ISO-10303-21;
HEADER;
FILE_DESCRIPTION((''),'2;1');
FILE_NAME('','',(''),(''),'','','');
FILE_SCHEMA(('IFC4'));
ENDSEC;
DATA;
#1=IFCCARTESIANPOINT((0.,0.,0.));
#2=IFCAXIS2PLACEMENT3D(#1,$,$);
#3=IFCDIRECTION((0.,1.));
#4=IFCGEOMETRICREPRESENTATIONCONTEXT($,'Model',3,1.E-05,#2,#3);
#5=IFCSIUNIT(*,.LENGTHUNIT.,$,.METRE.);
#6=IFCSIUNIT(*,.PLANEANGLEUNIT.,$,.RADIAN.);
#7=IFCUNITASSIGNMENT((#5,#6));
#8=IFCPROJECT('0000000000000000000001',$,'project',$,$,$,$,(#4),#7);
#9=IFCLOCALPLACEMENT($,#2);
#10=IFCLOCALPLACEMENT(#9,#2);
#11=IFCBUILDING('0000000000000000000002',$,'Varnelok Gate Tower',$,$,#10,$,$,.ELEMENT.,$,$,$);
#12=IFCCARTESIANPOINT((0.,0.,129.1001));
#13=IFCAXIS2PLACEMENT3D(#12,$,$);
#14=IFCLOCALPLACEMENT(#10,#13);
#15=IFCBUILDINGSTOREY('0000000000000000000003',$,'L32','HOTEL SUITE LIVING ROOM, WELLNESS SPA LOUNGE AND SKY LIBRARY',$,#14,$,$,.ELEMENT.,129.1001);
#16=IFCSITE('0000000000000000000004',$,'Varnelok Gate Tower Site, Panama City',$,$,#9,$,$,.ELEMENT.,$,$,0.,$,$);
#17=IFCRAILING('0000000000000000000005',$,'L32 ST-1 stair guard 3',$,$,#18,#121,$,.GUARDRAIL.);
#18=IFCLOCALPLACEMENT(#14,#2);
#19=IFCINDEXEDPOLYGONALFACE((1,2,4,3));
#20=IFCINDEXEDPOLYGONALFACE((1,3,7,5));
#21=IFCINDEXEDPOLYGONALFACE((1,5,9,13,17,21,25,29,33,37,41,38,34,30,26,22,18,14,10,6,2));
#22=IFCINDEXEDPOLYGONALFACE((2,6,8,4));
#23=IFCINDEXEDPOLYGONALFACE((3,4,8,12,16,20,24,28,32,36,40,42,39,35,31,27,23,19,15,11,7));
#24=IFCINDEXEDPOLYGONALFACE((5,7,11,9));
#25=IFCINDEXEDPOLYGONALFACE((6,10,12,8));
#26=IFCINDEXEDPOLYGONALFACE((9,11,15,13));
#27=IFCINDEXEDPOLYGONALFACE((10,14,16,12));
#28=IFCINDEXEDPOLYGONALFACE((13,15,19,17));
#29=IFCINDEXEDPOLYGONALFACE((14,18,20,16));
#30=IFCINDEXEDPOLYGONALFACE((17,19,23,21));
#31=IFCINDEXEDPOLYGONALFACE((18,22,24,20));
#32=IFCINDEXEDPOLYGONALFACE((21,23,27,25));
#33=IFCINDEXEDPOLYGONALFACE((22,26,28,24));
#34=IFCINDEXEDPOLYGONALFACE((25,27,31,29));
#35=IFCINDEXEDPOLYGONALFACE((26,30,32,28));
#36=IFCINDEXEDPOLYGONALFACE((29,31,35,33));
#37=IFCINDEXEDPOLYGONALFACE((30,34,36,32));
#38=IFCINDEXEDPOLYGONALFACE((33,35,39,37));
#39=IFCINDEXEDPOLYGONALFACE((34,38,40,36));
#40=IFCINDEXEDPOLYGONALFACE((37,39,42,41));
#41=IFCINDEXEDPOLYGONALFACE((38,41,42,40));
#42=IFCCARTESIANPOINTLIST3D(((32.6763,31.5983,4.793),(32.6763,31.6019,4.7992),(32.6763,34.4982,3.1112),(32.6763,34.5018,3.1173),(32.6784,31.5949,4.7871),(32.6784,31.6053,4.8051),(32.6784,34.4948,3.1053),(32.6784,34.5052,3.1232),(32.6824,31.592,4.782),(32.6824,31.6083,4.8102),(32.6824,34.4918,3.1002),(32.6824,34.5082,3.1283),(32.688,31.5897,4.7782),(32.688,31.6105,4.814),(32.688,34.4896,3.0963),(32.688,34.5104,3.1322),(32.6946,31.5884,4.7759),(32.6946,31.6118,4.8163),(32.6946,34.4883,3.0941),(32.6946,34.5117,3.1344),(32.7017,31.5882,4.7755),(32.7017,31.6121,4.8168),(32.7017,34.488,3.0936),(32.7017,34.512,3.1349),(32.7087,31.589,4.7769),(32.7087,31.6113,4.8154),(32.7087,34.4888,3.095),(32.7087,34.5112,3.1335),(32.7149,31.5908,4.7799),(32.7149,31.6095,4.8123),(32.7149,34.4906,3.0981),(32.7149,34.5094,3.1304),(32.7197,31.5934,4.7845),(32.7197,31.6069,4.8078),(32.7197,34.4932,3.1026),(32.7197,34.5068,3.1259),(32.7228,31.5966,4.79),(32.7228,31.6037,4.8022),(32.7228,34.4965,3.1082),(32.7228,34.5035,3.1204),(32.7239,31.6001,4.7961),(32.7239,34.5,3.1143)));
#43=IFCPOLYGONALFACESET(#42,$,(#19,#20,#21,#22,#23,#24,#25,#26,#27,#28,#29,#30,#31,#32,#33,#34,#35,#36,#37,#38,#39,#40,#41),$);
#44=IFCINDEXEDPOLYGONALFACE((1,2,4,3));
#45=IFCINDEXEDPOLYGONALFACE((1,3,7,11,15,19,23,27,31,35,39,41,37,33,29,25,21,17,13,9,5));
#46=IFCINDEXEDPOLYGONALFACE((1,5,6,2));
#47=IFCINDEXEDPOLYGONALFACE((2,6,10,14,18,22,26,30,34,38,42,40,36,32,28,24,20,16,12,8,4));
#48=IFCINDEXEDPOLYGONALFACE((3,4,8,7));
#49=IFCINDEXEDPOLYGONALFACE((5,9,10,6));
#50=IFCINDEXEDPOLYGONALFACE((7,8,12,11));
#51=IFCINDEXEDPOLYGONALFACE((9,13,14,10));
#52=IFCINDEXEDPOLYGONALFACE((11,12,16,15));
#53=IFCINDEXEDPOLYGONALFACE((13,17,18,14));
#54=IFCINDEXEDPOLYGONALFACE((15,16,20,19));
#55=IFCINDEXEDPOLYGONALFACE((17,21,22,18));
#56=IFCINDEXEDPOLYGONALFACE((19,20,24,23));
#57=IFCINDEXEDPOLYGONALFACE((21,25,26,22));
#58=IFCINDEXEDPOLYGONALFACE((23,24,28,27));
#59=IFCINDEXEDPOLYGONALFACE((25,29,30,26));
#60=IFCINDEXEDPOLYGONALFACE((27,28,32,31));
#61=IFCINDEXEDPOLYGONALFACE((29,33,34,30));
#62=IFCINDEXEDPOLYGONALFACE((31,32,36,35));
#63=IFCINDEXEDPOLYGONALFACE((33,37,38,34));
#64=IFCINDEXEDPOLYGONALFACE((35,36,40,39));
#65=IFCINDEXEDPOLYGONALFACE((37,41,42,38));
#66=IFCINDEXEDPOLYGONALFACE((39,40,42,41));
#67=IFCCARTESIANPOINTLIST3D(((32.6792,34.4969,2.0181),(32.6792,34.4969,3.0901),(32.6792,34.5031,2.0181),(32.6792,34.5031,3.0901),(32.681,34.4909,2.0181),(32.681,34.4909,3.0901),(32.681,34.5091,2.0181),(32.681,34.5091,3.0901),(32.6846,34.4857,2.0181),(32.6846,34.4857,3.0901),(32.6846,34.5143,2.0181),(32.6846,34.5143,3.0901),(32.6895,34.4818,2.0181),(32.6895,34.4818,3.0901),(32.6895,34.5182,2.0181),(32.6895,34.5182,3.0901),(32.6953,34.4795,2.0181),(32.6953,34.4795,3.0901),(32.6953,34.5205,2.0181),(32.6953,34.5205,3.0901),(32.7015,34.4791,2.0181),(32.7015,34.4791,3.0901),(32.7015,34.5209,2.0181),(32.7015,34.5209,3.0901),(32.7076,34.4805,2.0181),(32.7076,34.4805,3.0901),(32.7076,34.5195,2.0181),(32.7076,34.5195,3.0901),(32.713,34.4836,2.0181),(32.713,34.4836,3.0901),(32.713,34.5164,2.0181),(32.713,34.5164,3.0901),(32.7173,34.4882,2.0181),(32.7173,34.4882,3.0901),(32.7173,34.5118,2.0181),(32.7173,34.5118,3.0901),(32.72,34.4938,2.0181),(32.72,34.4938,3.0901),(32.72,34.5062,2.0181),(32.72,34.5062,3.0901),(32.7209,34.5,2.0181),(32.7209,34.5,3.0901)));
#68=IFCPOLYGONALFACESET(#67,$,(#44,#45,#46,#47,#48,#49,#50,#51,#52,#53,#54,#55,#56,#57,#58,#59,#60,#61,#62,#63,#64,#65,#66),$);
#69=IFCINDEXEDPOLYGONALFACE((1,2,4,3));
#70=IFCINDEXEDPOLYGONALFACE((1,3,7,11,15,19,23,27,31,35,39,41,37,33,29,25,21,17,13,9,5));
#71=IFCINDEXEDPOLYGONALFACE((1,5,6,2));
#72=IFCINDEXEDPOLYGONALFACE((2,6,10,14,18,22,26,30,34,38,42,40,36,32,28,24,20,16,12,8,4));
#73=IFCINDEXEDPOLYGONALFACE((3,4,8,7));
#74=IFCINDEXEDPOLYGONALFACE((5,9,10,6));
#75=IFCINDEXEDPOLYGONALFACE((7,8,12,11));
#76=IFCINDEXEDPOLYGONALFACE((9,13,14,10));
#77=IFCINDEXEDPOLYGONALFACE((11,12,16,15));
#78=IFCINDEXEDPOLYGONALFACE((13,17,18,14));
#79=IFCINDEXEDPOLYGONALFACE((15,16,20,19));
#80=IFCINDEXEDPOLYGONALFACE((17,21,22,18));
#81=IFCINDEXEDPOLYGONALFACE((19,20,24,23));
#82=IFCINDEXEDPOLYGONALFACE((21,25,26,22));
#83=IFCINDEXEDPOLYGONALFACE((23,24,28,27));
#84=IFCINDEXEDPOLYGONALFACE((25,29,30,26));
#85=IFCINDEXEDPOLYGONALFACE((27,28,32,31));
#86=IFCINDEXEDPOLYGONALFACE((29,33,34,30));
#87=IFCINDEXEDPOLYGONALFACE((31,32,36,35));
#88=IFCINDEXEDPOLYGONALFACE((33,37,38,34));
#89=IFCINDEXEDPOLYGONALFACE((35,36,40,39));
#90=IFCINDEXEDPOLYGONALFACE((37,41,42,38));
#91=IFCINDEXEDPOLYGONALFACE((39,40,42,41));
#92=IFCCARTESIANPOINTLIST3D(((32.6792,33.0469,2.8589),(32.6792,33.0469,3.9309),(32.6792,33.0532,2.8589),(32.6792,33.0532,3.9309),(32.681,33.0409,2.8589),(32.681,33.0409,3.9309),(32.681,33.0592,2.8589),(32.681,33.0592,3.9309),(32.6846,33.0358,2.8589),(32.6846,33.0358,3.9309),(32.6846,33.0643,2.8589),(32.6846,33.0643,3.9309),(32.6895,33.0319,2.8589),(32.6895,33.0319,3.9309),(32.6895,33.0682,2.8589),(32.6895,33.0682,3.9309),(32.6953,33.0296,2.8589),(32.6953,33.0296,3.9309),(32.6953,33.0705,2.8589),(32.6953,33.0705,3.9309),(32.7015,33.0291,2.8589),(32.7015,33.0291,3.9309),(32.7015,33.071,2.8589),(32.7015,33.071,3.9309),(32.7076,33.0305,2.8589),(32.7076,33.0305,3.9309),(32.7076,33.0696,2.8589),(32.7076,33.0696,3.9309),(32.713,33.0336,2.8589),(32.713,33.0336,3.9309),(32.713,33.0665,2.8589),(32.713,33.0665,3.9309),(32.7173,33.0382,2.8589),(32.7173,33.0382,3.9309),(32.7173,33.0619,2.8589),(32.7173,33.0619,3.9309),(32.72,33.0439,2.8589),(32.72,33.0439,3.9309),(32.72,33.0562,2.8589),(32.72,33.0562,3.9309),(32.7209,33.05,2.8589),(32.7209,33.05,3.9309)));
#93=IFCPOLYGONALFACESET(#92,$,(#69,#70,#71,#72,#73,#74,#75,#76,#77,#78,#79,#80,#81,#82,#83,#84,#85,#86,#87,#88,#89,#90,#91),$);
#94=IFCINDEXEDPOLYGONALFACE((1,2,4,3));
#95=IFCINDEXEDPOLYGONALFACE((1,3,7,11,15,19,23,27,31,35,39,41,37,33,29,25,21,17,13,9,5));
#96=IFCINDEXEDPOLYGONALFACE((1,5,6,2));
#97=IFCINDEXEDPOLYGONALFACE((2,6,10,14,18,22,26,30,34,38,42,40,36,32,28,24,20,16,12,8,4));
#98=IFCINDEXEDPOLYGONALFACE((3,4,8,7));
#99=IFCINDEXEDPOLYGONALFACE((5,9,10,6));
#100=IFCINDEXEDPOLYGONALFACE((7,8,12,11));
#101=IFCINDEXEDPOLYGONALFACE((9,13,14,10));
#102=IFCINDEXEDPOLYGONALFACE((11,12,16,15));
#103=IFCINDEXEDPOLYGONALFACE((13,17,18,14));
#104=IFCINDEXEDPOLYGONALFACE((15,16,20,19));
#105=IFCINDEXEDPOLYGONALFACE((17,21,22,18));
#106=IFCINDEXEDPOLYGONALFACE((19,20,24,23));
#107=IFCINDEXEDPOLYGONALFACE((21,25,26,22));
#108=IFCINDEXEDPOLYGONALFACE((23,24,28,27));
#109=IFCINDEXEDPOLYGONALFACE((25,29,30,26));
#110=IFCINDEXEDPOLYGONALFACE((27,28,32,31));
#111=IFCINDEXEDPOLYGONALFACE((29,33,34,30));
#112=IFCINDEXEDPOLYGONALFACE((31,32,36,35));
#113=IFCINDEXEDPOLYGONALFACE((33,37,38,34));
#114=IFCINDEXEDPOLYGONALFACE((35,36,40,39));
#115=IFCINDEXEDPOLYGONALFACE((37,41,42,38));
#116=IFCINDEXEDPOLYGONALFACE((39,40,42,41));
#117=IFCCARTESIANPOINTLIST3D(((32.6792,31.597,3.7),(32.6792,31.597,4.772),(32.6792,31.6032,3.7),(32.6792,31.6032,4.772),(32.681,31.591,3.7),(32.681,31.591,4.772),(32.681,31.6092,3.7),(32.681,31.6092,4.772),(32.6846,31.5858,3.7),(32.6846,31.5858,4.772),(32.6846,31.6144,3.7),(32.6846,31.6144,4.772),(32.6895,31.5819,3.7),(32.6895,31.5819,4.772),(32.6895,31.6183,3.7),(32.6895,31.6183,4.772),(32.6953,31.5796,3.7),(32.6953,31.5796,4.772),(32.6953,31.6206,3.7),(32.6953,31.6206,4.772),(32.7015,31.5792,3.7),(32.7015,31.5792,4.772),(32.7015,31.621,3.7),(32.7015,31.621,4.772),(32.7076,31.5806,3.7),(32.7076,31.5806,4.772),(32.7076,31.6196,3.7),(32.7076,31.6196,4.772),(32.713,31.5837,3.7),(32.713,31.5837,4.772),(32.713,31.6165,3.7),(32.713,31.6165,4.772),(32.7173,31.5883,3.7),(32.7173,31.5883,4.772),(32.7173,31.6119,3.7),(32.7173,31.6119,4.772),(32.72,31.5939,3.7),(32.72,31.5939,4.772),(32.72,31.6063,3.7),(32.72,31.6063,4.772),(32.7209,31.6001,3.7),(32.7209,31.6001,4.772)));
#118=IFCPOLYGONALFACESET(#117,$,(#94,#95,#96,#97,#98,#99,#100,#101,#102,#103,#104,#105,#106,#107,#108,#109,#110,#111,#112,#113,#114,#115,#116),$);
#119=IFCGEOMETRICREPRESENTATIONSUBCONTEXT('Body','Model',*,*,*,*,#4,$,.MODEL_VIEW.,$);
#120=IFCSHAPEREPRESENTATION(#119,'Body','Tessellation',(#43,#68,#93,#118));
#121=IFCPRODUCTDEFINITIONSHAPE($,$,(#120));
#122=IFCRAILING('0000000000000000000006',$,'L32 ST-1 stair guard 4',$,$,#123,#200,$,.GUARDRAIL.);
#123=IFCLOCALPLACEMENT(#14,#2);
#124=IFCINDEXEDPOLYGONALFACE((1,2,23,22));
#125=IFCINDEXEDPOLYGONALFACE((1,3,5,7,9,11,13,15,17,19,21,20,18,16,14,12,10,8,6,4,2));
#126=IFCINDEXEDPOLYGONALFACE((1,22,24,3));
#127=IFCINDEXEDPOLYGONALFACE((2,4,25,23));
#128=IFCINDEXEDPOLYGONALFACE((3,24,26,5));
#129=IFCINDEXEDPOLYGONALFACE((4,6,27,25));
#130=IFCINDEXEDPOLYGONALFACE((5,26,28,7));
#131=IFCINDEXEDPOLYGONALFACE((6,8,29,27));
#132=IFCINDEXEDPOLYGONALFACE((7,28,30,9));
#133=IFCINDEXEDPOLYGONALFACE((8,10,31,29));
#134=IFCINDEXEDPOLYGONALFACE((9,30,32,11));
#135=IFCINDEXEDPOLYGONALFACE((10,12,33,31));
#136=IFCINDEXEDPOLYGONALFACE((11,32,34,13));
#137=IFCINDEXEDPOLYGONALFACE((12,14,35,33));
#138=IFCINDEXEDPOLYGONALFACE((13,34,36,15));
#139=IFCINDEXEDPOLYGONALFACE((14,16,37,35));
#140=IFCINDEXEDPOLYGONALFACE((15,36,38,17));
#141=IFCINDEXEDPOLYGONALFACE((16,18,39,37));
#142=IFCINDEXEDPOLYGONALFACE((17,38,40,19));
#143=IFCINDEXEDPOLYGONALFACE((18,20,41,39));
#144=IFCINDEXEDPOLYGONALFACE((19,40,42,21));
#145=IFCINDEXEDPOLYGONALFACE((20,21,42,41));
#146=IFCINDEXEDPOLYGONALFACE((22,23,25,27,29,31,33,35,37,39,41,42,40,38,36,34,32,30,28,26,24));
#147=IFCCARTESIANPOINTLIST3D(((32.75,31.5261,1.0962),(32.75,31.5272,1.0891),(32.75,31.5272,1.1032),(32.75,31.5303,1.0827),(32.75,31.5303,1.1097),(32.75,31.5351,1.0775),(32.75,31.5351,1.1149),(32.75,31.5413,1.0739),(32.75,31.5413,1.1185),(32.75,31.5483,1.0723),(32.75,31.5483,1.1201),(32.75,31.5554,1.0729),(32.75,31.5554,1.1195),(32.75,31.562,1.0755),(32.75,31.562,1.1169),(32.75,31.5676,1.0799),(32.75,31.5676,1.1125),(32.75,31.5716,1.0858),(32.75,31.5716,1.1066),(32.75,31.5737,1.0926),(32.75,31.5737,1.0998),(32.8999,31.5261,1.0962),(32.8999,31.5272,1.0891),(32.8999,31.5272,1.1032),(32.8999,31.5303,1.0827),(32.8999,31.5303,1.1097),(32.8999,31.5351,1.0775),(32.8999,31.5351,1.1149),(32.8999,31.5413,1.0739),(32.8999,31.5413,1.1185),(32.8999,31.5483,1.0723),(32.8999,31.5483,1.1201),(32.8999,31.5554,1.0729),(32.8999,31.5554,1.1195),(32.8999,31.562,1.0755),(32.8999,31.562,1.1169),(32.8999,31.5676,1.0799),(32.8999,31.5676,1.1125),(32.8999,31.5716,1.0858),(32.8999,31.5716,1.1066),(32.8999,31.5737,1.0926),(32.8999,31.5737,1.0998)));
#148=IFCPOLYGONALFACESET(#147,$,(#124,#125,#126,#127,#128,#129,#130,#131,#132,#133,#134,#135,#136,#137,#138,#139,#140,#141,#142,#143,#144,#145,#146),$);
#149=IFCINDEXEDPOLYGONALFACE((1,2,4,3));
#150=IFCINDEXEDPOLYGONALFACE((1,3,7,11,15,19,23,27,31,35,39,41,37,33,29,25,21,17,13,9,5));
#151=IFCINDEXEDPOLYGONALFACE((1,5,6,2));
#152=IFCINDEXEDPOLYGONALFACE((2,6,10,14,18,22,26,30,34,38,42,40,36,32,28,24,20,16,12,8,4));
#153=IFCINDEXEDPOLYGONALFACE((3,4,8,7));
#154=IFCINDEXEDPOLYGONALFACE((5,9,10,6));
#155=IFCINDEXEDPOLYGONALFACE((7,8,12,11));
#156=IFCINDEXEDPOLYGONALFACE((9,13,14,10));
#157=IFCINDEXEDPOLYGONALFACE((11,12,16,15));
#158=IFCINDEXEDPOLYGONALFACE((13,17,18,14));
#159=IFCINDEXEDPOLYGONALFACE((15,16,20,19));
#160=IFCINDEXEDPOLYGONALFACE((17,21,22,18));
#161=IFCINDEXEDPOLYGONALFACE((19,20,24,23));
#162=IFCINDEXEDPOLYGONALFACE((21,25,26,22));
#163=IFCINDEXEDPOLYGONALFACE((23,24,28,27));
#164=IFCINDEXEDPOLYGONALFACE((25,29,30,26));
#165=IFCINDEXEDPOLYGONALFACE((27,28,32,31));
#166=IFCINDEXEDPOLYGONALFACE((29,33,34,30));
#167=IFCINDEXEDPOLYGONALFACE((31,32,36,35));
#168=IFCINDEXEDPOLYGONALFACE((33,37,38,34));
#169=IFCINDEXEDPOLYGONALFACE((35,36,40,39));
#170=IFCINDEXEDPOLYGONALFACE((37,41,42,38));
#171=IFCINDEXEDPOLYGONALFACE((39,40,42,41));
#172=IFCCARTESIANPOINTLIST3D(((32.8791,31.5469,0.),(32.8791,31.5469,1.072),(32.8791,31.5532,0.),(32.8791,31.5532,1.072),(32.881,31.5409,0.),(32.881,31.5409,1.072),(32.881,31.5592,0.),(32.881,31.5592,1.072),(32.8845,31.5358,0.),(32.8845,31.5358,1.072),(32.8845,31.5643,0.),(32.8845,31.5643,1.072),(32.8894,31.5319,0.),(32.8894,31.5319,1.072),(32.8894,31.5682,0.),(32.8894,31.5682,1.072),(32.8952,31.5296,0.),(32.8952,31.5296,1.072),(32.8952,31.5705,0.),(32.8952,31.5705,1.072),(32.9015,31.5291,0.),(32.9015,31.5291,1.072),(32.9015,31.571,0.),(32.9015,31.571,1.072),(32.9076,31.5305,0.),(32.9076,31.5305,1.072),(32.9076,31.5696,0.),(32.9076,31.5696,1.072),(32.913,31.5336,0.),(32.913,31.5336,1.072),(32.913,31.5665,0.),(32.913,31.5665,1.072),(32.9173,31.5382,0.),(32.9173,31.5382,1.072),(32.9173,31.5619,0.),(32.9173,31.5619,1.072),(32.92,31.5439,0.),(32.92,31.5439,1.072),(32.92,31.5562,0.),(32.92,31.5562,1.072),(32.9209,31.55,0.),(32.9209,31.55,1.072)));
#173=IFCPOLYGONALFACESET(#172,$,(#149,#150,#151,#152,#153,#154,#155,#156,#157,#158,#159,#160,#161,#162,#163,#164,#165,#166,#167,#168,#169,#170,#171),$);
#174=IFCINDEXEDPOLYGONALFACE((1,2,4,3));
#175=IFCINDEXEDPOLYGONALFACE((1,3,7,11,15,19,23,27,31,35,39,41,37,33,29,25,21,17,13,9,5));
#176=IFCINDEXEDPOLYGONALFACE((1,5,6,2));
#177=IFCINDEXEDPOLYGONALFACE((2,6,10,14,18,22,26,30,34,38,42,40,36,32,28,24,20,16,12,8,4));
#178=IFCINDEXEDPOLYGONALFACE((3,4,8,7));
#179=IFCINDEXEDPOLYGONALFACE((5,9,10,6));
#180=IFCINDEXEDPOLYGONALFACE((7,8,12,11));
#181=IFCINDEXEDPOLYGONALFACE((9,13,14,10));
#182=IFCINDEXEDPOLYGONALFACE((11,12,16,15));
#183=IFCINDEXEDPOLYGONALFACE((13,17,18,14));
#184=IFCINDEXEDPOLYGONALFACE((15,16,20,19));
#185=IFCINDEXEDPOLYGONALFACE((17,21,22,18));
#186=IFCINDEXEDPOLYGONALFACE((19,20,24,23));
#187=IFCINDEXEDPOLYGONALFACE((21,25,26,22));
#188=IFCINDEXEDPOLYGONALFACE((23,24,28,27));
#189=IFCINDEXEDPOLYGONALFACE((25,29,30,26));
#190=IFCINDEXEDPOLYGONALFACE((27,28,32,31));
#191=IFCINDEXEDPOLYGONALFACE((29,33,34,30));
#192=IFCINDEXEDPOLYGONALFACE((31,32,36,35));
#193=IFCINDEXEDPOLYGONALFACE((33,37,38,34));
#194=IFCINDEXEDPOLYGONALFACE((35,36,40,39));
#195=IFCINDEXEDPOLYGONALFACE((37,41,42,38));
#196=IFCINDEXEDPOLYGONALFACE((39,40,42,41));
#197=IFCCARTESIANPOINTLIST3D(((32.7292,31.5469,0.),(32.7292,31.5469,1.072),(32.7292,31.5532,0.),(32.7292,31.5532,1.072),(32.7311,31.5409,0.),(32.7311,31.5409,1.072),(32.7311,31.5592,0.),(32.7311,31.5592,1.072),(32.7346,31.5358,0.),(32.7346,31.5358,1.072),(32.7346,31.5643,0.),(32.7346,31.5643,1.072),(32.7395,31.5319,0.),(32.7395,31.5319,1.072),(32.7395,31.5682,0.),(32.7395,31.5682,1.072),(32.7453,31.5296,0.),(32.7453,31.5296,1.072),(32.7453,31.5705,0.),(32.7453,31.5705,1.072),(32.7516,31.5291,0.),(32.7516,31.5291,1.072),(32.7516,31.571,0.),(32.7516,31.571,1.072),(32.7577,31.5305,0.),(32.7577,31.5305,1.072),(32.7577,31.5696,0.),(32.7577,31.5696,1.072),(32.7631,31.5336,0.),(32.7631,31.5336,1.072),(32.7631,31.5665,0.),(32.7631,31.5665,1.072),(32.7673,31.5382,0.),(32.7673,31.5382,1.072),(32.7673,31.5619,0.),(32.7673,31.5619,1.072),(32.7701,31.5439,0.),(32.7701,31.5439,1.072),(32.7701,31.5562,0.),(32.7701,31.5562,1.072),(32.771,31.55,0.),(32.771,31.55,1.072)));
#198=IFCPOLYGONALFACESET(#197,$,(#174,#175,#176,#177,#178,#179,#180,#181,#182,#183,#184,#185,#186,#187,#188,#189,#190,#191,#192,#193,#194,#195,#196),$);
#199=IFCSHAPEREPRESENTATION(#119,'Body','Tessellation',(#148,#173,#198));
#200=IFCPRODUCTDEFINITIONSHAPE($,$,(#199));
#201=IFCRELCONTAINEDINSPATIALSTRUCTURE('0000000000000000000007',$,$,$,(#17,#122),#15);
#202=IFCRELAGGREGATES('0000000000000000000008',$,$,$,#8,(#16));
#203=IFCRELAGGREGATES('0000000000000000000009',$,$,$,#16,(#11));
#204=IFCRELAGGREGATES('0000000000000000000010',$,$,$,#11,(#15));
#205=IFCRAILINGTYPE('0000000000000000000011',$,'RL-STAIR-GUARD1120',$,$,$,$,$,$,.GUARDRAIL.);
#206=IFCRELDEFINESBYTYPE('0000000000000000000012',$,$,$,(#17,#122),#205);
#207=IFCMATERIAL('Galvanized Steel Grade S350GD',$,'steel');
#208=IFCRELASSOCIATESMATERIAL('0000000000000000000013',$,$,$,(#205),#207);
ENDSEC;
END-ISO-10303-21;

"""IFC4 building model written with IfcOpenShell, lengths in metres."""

from ifc_helpers import new_model, si_unit, direction, frame, origin, origin_2d, place, context, subcontext, project, spatial, circle, extrude, material, type_object, element, save


model = new_model("IFC4")

# Units and contexts
model_context = context("Model", 3, precision=1e-05, world=origin(), true_north=direction((0.0, 1.0)))
body_context = subcontext(model_context, "Body", "Model", "MODEL_VIEW")
ifc_project = project(units=[si_unit("LENGTHUNIT", "METRE"), si_unit("PLANEANGLEUNIT", "RADIAN")], contexts=[model_context])

# Site, building, storey
site_placement = place(None, origin())
site = spatial("IfcSite", under=ifc_project, at=site_placement, Name="Varnelok Gate Tower Site, Panama City", CompositionType="ELEMENT", RefElevation=0.0)
building_placement = place(site_placement, origin())
building = spatial("IfcBuilding", under=site, at=building_placement, Name="Varnelok Gate Tower", CompositionType="ELEMENT")
storey_placement = place(building_placement, frame((0.0, 0.0, 129.1001)))
storey = spatial("IfcBuildingStorey", under=building, at=storey_placement, Name="L32", Description="HOTEL SUITE LIVING ROOM, WELLNESS SPA LOUNGE AND SKY LIBRARY", CompositionType="ELEMENT", Elevation=129.1001)

# Shared definitions
ifc_material_1 = material(Name="Galvanized Steel Grade S350GD", Category="steel")

# Railings
railing_type_1 = type_object("IfcRailingType", Name="RL-STAIR-GUARD1120", PredefinedType="GUARDRAIL", material=ifc_material_1)
railing_1_placement = place(storey_placement, frame((32.7, 34.5, 2.0181)))
element("IfcRailing", 1, at=railing_1_placement, inside=storey, type_object=railing_type_1, Name="L32 ST-1 stair guard 3", PredefinedType="GUARDRAIL", context=body_context, shape_type="SweptSolid", body=[
    extrude(circle(Radius=0.0239, at=origin_2d()), frame((0.0, 0.0, 1.0962), z_axis=(0.0, -0.865039, 0.501705), x_axis=(1.0, 0.0, 0.0)), (0.0, 0.0, 1.0), 3.3523),
    extrude(circle(Radius=0.021, at=origin_2d()), origin(), (0.0, 0.0, 1.0), 1.072),
    extrude(circle(Radius=0.021, at=origin_2d()), frame((0.0, -1.45, 0.8408)), (0.0, 0.0, 1.0), 1.072),
    extrude(circle(Radius=0.021, at=origin_2d()), frame((0.0, -2.8999, 1.6819)), (0.0, 0.0, 1.0), 1.072),
])
railing_2_placement = place(storey_placement, frame((32.8999, 31.55, 0.0)))
element("IfcRailing", 2, at=railing_2_placement, inside=storey, type_object=railing_type_1, Name="L32 ST-1 stair guard 4", PredefinedType="GUARDRAIL", context=body_context, shape_type="SweptSolid", body=[
    extrude(circle(Radius=0.0239, at=origin_2d()), frame((0.0, 0.0, 1.0962), z_axis=(-1.0, 0.0, 0.0), x_axis=(0.0, -1.0, 0.0)), (0.0, 0.0, 1.0), 0.1499),
    extrude(circle(Radius=0.021, at=origin_2d()), origin(), (0.0, 0.0, 1.0), 1.072),
    extrude(circle(Radius=0.021, at=origin_2d()), frame((-0.1499, 0.0, 0.0)), (0.0, 0.0, 1.0), 1.072),
])

save(model, "model.ifc")
